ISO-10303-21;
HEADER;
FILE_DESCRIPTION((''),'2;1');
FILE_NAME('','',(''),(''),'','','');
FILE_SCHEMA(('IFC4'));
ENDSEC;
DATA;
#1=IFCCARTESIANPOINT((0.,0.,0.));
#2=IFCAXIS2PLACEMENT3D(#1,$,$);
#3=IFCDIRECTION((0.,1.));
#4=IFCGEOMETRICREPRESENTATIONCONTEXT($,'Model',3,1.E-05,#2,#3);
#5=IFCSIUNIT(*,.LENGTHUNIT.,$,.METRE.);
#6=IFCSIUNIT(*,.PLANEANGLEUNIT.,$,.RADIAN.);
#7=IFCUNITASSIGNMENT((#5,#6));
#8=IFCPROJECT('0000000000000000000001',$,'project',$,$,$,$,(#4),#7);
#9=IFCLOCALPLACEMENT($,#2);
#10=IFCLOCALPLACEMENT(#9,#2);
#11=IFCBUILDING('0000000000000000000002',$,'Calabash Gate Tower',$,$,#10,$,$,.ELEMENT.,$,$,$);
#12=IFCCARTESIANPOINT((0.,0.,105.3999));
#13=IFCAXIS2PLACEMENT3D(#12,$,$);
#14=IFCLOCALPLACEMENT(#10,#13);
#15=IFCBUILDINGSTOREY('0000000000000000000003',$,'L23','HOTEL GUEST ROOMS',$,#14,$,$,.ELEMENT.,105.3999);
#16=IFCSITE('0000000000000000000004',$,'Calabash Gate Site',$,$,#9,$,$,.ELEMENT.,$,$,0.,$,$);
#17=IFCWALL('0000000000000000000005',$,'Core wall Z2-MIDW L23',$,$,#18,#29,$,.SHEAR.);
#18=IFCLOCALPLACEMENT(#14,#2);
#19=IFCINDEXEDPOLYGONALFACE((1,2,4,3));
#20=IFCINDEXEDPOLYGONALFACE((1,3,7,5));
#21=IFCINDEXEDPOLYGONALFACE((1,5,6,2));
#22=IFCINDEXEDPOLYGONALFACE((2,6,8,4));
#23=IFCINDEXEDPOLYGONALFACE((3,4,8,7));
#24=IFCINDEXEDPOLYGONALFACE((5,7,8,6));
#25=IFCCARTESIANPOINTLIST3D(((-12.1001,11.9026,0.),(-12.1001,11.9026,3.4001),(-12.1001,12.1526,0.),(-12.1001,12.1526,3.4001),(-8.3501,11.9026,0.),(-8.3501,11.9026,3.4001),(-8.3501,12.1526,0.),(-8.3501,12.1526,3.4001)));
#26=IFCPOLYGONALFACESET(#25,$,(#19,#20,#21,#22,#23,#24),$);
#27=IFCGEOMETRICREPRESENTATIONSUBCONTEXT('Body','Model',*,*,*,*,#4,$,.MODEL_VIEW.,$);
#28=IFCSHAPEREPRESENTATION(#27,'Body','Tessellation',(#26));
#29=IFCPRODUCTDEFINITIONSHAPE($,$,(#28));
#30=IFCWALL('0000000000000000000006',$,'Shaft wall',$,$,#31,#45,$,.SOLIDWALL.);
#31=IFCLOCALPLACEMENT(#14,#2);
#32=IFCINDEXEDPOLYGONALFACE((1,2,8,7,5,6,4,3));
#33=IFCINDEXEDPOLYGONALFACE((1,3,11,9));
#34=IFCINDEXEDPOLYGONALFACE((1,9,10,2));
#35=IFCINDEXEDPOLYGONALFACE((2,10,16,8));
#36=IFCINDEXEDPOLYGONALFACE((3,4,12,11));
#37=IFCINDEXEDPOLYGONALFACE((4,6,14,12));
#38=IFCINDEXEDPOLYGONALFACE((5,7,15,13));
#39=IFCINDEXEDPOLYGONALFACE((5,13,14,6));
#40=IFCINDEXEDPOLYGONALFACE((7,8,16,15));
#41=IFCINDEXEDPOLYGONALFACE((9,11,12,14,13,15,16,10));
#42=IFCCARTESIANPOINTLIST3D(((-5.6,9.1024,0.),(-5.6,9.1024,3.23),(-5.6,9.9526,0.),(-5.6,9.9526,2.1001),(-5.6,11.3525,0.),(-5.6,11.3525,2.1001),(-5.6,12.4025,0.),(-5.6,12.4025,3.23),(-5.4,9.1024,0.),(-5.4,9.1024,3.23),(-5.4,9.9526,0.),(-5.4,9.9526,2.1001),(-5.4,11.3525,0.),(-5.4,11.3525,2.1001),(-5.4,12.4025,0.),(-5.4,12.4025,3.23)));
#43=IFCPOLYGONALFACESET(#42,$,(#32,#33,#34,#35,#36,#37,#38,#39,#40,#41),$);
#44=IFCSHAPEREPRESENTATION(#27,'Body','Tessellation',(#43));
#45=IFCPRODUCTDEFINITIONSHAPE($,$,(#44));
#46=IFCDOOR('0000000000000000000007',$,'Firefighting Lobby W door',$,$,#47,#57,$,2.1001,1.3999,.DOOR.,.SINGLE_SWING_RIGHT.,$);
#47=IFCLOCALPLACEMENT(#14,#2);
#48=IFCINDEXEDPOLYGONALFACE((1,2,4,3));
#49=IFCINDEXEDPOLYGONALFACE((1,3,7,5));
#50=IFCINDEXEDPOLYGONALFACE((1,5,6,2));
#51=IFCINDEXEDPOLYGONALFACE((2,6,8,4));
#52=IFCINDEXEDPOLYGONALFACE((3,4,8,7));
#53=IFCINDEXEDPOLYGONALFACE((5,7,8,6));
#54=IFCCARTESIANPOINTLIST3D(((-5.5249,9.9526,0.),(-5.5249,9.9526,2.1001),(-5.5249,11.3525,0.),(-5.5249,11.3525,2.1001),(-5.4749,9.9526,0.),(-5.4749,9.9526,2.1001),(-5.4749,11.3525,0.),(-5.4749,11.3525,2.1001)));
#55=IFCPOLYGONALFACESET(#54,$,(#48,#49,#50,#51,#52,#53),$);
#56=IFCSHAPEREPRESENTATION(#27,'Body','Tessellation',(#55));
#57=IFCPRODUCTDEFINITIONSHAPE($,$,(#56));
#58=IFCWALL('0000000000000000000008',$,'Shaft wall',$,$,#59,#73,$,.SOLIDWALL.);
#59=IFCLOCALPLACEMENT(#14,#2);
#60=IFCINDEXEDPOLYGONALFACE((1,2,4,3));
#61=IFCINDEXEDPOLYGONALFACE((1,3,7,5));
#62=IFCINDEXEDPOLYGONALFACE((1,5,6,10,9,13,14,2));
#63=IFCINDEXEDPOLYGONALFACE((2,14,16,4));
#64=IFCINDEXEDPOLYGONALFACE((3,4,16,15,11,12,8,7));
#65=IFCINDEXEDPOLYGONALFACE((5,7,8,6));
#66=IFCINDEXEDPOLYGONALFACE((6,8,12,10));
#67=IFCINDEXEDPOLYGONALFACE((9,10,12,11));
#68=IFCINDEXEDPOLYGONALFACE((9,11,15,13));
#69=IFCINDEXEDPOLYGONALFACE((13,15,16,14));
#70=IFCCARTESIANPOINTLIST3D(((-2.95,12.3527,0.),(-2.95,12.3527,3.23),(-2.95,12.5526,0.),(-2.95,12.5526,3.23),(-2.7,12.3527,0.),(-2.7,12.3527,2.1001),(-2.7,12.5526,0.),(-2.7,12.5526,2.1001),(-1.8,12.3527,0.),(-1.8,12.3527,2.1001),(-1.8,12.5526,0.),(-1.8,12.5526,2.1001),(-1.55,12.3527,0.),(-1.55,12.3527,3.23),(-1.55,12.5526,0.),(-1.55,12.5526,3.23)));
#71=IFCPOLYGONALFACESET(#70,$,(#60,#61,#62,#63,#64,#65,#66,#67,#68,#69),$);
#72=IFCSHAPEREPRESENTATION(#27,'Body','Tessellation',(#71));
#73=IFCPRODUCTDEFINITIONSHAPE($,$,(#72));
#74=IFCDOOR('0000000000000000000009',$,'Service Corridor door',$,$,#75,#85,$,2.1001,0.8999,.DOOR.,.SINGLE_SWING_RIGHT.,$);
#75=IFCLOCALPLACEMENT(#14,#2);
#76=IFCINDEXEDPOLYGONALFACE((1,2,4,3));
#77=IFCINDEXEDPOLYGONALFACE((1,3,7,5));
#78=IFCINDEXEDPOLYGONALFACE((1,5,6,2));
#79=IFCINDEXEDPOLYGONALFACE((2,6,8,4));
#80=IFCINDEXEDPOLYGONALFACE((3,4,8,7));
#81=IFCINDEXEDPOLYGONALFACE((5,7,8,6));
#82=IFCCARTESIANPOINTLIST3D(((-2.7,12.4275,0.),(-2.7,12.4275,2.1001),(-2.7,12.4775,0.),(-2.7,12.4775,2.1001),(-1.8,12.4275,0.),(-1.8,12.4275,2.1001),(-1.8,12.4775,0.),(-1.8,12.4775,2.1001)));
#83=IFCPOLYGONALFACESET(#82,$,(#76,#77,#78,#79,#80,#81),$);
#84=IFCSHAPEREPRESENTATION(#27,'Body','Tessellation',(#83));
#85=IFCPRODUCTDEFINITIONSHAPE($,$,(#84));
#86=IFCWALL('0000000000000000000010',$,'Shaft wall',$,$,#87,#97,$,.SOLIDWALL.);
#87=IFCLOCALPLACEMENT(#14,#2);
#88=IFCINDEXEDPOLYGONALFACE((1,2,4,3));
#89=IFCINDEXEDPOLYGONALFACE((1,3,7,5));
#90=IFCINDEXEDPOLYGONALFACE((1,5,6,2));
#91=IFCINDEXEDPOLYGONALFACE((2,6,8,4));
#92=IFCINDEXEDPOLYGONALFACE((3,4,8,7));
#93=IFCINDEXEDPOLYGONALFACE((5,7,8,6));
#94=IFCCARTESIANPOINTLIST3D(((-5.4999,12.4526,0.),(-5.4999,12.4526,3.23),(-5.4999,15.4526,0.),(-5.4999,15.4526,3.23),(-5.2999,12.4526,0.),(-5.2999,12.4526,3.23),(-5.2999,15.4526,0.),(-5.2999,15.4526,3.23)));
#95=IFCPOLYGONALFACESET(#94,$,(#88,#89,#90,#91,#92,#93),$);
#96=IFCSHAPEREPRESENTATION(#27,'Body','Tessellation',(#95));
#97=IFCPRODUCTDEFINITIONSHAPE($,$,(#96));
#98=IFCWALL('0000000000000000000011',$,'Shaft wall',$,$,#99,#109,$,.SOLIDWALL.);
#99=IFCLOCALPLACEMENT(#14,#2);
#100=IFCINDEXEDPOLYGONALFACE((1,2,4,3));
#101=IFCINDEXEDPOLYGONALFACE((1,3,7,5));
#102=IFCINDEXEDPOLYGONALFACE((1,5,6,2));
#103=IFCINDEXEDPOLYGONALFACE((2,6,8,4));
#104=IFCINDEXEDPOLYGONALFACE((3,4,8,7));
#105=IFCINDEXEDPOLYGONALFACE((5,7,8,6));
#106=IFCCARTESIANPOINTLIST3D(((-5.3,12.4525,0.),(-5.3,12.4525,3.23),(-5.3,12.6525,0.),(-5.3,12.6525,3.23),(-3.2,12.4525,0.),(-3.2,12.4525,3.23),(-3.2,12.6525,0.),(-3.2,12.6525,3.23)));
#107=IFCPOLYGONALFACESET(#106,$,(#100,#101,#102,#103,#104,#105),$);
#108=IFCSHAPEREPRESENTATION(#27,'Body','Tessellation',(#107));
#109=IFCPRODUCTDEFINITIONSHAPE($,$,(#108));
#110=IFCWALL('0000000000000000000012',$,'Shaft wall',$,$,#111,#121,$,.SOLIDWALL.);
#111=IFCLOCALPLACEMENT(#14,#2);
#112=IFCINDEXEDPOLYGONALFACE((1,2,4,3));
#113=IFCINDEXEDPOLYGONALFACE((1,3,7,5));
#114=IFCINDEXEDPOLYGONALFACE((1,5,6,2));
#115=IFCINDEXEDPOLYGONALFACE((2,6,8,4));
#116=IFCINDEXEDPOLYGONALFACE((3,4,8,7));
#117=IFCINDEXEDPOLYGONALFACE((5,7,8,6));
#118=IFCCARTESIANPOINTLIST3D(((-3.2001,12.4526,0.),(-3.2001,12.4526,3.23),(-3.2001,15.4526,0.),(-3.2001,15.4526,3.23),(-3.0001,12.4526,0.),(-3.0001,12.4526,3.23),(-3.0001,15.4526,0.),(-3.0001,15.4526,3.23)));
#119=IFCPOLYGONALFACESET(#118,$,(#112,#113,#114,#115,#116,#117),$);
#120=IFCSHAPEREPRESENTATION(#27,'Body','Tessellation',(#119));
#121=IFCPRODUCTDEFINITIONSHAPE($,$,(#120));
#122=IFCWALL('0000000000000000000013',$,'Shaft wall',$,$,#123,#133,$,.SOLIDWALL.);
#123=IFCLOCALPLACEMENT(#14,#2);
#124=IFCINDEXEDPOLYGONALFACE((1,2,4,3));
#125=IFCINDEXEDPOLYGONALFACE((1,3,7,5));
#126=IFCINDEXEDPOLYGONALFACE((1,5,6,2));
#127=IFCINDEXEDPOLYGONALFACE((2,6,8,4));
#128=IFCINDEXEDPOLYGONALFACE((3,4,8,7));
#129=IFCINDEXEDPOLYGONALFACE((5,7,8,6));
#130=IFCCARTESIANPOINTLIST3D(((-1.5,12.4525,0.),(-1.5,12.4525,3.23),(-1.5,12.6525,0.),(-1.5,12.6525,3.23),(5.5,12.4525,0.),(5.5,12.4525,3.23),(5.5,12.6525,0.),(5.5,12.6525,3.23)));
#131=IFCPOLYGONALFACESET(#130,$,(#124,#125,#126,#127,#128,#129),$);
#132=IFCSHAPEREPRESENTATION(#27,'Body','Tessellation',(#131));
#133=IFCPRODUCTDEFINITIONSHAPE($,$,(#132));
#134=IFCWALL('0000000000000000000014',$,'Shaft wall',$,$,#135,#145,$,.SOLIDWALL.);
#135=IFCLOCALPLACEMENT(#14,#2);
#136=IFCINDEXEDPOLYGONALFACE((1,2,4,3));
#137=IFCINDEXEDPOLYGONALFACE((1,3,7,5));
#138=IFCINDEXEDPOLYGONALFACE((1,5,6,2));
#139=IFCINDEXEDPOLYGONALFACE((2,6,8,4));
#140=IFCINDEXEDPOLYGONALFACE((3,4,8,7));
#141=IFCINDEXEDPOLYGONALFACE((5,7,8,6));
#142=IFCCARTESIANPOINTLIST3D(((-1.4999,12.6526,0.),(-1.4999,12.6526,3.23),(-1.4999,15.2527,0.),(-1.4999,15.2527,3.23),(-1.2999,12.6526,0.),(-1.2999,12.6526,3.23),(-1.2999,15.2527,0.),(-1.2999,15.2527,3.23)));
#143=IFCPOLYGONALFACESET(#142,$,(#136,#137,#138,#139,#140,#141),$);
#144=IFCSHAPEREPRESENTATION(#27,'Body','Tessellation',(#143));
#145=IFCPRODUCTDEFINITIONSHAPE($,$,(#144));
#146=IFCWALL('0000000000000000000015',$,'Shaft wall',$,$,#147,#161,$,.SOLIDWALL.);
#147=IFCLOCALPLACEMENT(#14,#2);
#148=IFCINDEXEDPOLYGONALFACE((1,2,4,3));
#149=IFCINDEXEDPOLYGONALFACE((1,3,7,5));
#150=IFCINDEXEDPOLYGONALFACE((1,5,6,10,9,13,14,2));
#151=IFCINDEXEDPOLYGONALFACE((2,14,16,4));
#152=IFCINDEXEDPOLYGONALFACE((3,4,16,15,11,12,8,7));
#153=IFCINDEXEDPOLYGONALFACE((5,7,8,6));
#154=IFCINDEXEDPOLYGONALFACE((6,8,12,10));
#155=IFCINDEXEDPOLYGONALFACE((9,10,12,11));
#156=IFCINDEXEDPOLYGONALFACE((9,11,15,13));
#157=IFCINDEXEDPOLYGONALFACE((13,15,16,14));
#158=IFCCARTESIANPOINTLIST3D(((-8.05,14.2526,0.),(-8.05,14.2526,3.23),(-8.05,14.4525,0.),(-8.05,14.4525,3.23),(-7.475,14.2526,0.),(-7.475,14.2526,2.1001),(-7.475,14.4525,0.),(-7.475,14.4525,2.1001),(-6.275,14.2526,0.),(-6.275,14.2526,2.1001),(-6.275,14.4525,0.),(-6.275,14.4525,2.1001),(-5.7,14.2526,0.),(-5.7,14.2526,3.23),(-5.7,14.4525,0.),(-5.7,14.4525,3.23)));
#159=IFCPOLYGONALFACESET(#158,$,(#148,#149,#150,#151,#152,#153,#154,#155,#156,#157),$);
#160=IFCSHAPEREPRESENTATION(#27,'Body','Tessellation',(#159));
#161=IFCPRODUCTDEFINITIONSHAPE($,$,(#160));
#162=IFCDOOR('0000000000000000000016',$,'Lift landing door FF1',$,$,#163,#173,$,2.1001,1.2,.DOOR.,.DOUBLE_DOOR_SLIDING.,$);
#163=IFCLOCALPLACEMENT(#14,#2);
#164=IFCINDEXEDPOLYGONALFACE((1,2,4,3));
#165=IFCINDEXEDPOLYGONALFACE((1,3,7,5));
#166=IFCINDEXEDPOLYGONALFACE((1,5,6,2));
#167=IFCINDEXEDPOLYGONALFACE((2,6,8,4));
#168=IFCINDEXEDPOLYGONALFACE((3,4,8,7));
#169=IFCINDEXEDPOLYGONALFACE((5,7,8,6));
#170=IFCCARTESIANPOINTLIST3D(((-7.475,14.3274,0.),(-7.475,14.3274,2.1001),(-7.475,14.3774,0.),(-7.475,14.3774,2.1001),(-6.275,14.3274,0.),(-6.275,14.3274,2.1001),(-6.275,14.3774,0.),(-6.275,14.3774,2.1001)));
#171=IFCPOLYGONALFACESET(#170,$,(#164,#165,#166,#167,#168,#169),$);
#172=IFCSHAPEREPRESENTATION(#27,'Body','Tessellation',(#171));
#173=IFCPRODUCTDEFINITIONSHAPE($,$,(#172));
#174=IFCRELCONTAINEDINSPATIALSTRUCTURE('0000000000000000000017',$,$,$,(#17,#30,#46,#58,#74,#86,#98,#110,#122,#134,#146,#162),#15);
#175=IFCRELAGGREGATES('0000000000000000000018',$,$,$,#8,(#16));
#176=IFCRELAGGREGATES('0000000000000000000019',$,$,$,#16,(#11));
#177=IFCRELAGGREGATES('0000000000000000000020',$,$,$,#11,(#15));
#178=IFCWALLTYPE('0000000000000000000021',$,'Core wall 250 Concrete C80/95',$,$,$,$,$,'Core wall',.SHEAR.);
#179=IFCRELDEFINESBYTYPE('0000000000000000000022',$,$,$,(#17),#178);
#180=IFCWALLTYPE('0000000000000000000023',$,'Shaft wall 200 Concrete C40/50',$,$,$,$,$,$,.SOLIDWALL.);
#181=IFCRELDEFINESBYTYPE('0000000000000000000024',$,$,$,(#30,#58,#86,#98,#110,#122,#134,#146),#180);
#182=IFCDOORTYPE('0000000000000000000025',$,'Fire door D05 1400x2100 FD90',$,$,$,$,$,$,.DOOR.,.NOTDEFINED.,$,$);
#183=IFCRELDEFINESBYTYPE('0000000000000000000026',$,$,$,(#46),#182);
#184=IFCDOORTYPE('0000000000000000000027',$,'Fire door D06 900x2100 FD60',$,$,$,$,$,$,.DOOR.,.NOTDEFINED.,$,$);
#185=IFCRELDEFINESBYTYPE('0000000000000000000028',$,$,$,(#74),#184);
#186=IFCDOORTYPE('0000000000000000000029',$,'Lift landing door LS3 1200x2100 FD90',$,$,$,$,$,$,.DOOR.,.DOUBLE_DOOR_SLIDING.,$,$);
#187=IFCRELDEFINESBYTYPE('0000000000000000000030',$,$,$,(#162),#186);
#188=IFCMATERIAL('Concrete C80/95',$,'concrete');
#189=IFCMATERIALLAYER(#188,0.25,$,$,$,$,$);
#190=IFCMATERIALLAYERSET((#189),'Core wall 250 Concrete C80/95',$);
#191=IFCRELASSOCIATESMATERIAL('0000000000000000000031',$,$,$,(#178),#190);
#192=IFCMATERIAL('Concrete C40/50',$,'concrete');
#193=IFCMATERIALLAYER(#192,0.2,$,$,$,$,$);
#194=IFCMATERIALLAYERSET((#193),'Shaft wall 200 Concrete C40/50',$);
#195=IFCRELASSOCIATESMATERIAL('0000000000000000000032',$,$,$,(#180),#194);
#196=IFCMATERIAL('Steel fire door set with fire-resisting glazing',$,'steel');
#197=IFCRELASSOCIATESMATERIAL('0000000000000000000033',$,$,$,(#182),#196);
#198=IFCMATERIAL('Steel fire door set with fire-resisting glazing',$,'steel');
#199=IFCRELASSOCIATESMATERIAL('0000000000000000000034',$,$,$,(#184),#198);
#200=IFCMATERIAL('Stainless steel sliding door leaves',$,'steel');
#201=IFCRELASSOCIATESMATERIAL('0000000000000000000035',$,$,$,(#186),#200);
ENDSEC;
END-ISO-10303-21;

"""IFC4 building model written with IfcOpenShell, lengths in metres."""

from ifc_helpers import new_model, si_unit, direction, frame, frame_2d, origin, place, context, subcontext, project, spatial, rectangle, extrude, material, layer, layer_set, type_object, element, fill, save


model = new_model("IFC4")

# Units and contexts
model_context = context("Model", 3, precision=1e-05, world=origin(), true_north=direction((0.0, 1.0)))
body_context = subcontext(model_context, "Body", "Model", "MODEL_VIEW")
ifc_project = project(units=[si_unit("LENGTHUNIT", "METRE"), si_unit("PLANEANGLEUNIT", "RADIAN")], contexts=[model_context])

# Site, building, storey
site_placement = place(None, origin())
site = spatial("IfcSite", under=ifc_project, at=site_placement, Name="Calabash Gate Site", CompositionType="ELEMENT", RefElevation=0.0)
building_placement = place(site_placement, origin())
building = spatial("IfcBuilding", under=site, at=building_placement, Name="Calabash Gate Tower", CompositionType="ELEMENT")
storey_placement = place(building_placement, frame((0.0, 0.0, 105.3999)))
storey = spatial("IfcBuildingStorey", under=building, at=storey_placement, Name="L23", Description="HOTEL GUEST ROOMS", CompositionType="ELEMENT", Elevation=105.3999)

# Wall
ifc_material_1 = material(Name="Concrete C80/95", Category="concrete")
ifc_layer_1 = layer(ifc_material_1, 0.25)
ifc_layer_set_1 = layer_set([ifc_layer_1], Name="Core wall 250 Concrete C80/95")
wall_type_1 = type_object("IfcWallType", Name="Core wall 250 Concrete C80/95", ElementType="Core wall", PredefinedType="SHEAR", material=ifc_layer_set_1)
wall_1_placement = place(storey_placement, frame((-12.1001, 12.0276, 0.0), z_axis=(0.0, 0.0, 1.0), x_axis=(1.0, 0.0, 0.0)))
element("IfcWall", 1, at=wall_1_placement, inside=storey, type_object=wall_type_1, Name="Core wall Z2-MIDW L23", PredefinedType="SHEAR", context=body_context, shape_type="SweptSolid", body=[
    extrude(rectangle(XDim=3.75, YDim=0.25, at=frame_2d((1.875, 0.0))), origin(), (0.0, 0.0, 1.0), 3.4001),
])

# Walls, openings, doors
ifc_material_2 = material(Name="Concrete C40/50", Category="concrete")
ifc_layer_2 = layer(ifc_material_2, 0.2)
ifc_layer_set_2 = layer_set([ifc_layer_2], Name="Shaft wall 200 Concrete C40/50")
wall_type_2 = type_object("IfcWallType", Name="Shaft wall 200 Concrete C40/50", PredefinedType="SOLIDWALL", material=ifc_layer_set_2)
wall_2_placement = place(storey_placement, frame((-5.5, 9.1025, 0.0), z_axis=(0.0, 0.0, 1.0), x_axis=(0.0, 1.0, 0.0)))
wall_2 = element("IfcWall", 2, at=wall_2_placement, inside=storey, type_object=wall_type_2, Name="Shaft wall", PredefinedType="SOLIDWALL", context=body_context, shape_type="SweptSolid", body=[
    extrude(rectangle(XDim=3.3, YDim=0.2, at=frame_2d((1.6499, 0.0))), origin(), (0.0, 0.0, 1.0), 3.23),
])
opening_1_placement = place(wall_2_placement, frame((0.8501, 0.0, 0.0)))
opening_1 = element("IfcOpeningElement", 3, at=opening_1_placement, cuts=wall_2, PredefinedType="OPENING", context=body_context, shape_type="SweptSolid", body=[
    extrude(rectangle(XDim=1.3999, YDim=2.1001, at=frame_2d((0.7, 1.05))), frame((0.0, 0.1099, 0.0), z_axis=(0.0, -1.0, 0.0), x_axis=(1.0, 0.0, 0.0)), (0.0, 0.0, 1.0), 0.22),
])
ifc_material_3 = material(Name="Steel fire door set with fire-resisting glazing", Category="steel")
door_type_1 = type_object("IfcDoorType", Name="Fire door D05 1400x2100 FD90", OperationType="NOTDEFINED", PredefinedType="DOOR", material=ifc_material_3)
door_1_placement = place(opening_1_placement, origin())
door_1 = element("IfcDoor", 4, at=door_1_placement, inside=storey, type_object=door_type_1, Name="Firefighting Lobby W door", OperationType="SINGLE_SWING_RIGHT", OverallHeight=2.1001, OverallWidth=1.3999, PredefinedType="DOOR", context=body_context, shape_type="SweptSolid", body=[
    extrude(rectangle(XDim=1.3999, YDim=2.1001, at=frame_2d((0.7, 1.05))), frame((0.0, 0.0249, 0.0), z_axis=(0.0, -1.0, 0.0), x_axis=(1.0, 0.0, 0.0)), (0.0, 0.0, 1.0), 0.05),
])
fill(opening_1, door_1)
wall_3_placement = place(storey_placement, frame((-2.95, 12.4526, 0.0), z_axis=(0.0, 0.0, 1.0), x_axis=(1.0, 0.0, 0.0)))
wall_3 = element("IfcWall", 5, at=wall_3_placement, inside=storey, type_object=wall_type_2, Name="Shaft wall", PredefinedType="SOLIDWALL", context=body_context, shape_type="SweptSolid", body=[
    extrude(rectangle(XDim=1.3999, YDim=0.2, at=frame_2d((0.7, 0.0))), origin(), (0.0, 0.0, 1.0), 3.23),
])
opening_2_placement = place(wall_3_placement, frame((0.25, 0.0, 0.0)))
opening_2 = element("IfcOpeningElement", 6, at=opening_2_placement, cuts=wall_3, PredefinedType="OPENING", context=body_context, shape_type="SweptSolid", body=[
    extrude(rectangle(XDim=0.8999, YDim=2.1001, at=frame_2d((0.45, 1.05))), frame((0.0, 0.1099, 0.0), z_axis=(0.0, -1.0, 0.0), x_axis=(1.0, 0.0, 0.0)), (0.0, 0.0, 1.0), 0.22),
])
ifc_material_4 = material(Name="Steel fire door set with fire-resisting glazing", Category="steel")
door_type_2 = type_object("IfcDoorType", Name="Fire door D06 900x2100 FD60", OperationType="NOTDEFINED", PredefinedType="DOOR", material=ifc_material_4)
door_2_placement = place(opening_2_placement, origin())
door_2 = element("IfcDoor", 7, at=door_2_placement, inside=storey, type_object=door_type_2, Name="Service Corridor door", OperationType="SINGLE_SWING_RIGHT", OverallHeight=2.1001, OverallWidth=0.8999, PredefinedType="DOOR", context=body_context, shape_type="SweptSolid", body=[
    extrude(rectangle(XDim=0.8999, YDim=2.1001, at=frame_2d((0.45, 1.05))), frame((0.0, 0.0249, 0.0), z_axis=(0.0, -1.0, 0.0), x_axis=(1.0, 0.0, 0.0)), (0.0, 0.0, 1.0), 0.05),
])
fill(opening_2, door_2)

# Walls
wall_4_placement = place(storey_placement, frame((-5.3999, 12.4526, 0.0), z_axis=(0.0, 0.0, 1.0), x_axis=(0.0, 1.0, 0.0)))
element("IfcWall", 8, at=wall_4_placement, inside=storey, type_object=wall_type_2, Name="Shaft wall", PredefinedType="SOLIDWALL", context=body_context, shape_type="SweptSolid", body=[
    extrude(rectangle(XDim=3.0, YDim=0.2, at=frame_2d((1.5, 0.0))), origin(), (0.0, 0.0, 1.0), 3.23),
])
wall_5_placement = place(storey_placement, frame((-5.3, 12.5525, 0.0), z_axis=(0.0, 0.0, 1.0), x_axis=(1.0, 0.0, 0.0)))
element("IfcWall", 9, at=wall_5_placement, inside=storey, type_object=wall_type_2, Name="Shaft wall", PredefinedType="SOLIDWALL", context=body_context, shape_type="SweptSolid", body=[
    extrude(rectangle(XDim=2.1001, YDim=0.2, at=frame_2d((1.05, 0.0))), origin(), (0.0, 0.0, 1.0), 3.23),
])
wall_6_placement = place(storey_placement, frame((-3.1001, 12.4526, 0.0), z_axis=(0.0, 0.0, 1.0), x_axis=(0.0, 1.0, 0.0)))
element("IfcWall", 10, at=wall_6_placement, inside=storey, type_object=wall_type_2, Name="Shaft wall", PredefinedType="SOLIDWALL", context=body_context, shape_type="SweptSolid", body=[
    extrude(rectangle(XDim=3.0, YDim=0.2, at=frame_2d((1.5, 0.0))), origin(), (0.0, 0.0, 1.0), 3.23),
])
wall_7_placement = place(storey_placement, frame((-1.5, 12.5525, 0.0), z_axis=(0.0, 0.0, 1.0), x_axis=(1.0, 0.0, 0.0)))
element("IfcWall", 11, at=wall_7_placement, inside=storey, type_object=wall_type_2, Name="Shaft wall", PredefinedType="SOLIDWALL", context=body_context, shape_type="SweptSolid", body=[
    extrude(rectangle(XDim=7.0, YDim=0.2, at=frame_2d((3.5, 0.0))), origin(), (0.0, 0.0, 1.0), 3.23),
])
wall_8_placement = place(storey_placement, frame((-1.3999, 12.6526, 0.0), z_axis=(0.0, 0.0, 1.0), x_axis=(0.0, 1.0, 0.0)))
element("IfcWall", 12, at=wall_8_placement, inside=storey, type_object=wall_type_2, Name="Shaft wall", PredefinedType="SOLIDWALL", context=body_context, shape_type="SweptSolid", body=[
    extrude(rectangle(XDim=2.6001, YDim=0.2, at=frame_2d((1.3, 0.0))), origin(), (0.0, 0.0, 1.0), 3.23),
])

# Wall, opening, door
wall_9_placement = place(storey_placement, frame((-8.05, 14.3525, 0.0), z_axis=(0.0, 0.0, 1.0), x_axis=(1.0, 0.0, 0.0)))
wall_9 = element("IfcWall", 13, at=wall_9_placement, inside=storey, type_object=wall_type_2, Name="Shaft wall", PredefinedType="SOLIDWALL", context=body_context, shape_type="SweptSolid", body=[
    extrude(rectangle(XDim=2.3501, YDim=0.2, at=frame_2d((1.175, 0.0))), origin(), (0.0, 0.0, 1.0), 3.23),
])
opening_3_placement = place(wall_9_placement, frame((0.575, 0.0, 0.0)))
opening_3 = element("IfcOpeningElement", 14, at=opening_3_placement, cuts=wall_9, PredefinedType="OPENING", context=body_context, shape_type="SweptSolid", body=[
    extrude(rectangle(XDim=1.2, YDim=2.1001, at=frame_2d((0.6001, 1.05))), frame((0.0, 0.1099, 0.0), z_axis=(0.0, -1.0, 0.0), x_axis=(1.0, 0.0, 0.0)), (0.0, 0.0, 1.0), 0.22),
])
ifc_material_5 = material(Name="Stainless steel sliding door leaves", Category="steel")
door_type_3 = type_object("IfcDoorType", Name="Lift landing door LS3 1200x2100 FD90", OperationType="DOUBLE_DOOR_SLIDING", PredefinedType="DOOR", material=ifc_material_5)
door_3_placement = place(opening_3_placement, origin())
door_3 = element("IfcDoor", 15, at=door_3_placement, inside=storey, type_object=door_type_3, Name="Lift landing door FF1", OperationType="DOUBLE_DOOR_SLIDING", OverallHeight=2.1001, OverallWidth=1.2, PredefinedType="DOOR", context=body_context, shape_type="SweptSolid", body=[
    extrude(rectangle(XDim=1.2, YDim=2.1001, at=frame_2d((0.6001, 1.05))), frame((0.0, 0.0249, 0.0), z_axis=(0.0, -1.0, 0.0), x_axis=(1.0, 0.0, 0.0)), (0.0, 0.0, 1.0), 0.05),
])
fill(opening_3, door_3)

save(model, "model.ifc")
